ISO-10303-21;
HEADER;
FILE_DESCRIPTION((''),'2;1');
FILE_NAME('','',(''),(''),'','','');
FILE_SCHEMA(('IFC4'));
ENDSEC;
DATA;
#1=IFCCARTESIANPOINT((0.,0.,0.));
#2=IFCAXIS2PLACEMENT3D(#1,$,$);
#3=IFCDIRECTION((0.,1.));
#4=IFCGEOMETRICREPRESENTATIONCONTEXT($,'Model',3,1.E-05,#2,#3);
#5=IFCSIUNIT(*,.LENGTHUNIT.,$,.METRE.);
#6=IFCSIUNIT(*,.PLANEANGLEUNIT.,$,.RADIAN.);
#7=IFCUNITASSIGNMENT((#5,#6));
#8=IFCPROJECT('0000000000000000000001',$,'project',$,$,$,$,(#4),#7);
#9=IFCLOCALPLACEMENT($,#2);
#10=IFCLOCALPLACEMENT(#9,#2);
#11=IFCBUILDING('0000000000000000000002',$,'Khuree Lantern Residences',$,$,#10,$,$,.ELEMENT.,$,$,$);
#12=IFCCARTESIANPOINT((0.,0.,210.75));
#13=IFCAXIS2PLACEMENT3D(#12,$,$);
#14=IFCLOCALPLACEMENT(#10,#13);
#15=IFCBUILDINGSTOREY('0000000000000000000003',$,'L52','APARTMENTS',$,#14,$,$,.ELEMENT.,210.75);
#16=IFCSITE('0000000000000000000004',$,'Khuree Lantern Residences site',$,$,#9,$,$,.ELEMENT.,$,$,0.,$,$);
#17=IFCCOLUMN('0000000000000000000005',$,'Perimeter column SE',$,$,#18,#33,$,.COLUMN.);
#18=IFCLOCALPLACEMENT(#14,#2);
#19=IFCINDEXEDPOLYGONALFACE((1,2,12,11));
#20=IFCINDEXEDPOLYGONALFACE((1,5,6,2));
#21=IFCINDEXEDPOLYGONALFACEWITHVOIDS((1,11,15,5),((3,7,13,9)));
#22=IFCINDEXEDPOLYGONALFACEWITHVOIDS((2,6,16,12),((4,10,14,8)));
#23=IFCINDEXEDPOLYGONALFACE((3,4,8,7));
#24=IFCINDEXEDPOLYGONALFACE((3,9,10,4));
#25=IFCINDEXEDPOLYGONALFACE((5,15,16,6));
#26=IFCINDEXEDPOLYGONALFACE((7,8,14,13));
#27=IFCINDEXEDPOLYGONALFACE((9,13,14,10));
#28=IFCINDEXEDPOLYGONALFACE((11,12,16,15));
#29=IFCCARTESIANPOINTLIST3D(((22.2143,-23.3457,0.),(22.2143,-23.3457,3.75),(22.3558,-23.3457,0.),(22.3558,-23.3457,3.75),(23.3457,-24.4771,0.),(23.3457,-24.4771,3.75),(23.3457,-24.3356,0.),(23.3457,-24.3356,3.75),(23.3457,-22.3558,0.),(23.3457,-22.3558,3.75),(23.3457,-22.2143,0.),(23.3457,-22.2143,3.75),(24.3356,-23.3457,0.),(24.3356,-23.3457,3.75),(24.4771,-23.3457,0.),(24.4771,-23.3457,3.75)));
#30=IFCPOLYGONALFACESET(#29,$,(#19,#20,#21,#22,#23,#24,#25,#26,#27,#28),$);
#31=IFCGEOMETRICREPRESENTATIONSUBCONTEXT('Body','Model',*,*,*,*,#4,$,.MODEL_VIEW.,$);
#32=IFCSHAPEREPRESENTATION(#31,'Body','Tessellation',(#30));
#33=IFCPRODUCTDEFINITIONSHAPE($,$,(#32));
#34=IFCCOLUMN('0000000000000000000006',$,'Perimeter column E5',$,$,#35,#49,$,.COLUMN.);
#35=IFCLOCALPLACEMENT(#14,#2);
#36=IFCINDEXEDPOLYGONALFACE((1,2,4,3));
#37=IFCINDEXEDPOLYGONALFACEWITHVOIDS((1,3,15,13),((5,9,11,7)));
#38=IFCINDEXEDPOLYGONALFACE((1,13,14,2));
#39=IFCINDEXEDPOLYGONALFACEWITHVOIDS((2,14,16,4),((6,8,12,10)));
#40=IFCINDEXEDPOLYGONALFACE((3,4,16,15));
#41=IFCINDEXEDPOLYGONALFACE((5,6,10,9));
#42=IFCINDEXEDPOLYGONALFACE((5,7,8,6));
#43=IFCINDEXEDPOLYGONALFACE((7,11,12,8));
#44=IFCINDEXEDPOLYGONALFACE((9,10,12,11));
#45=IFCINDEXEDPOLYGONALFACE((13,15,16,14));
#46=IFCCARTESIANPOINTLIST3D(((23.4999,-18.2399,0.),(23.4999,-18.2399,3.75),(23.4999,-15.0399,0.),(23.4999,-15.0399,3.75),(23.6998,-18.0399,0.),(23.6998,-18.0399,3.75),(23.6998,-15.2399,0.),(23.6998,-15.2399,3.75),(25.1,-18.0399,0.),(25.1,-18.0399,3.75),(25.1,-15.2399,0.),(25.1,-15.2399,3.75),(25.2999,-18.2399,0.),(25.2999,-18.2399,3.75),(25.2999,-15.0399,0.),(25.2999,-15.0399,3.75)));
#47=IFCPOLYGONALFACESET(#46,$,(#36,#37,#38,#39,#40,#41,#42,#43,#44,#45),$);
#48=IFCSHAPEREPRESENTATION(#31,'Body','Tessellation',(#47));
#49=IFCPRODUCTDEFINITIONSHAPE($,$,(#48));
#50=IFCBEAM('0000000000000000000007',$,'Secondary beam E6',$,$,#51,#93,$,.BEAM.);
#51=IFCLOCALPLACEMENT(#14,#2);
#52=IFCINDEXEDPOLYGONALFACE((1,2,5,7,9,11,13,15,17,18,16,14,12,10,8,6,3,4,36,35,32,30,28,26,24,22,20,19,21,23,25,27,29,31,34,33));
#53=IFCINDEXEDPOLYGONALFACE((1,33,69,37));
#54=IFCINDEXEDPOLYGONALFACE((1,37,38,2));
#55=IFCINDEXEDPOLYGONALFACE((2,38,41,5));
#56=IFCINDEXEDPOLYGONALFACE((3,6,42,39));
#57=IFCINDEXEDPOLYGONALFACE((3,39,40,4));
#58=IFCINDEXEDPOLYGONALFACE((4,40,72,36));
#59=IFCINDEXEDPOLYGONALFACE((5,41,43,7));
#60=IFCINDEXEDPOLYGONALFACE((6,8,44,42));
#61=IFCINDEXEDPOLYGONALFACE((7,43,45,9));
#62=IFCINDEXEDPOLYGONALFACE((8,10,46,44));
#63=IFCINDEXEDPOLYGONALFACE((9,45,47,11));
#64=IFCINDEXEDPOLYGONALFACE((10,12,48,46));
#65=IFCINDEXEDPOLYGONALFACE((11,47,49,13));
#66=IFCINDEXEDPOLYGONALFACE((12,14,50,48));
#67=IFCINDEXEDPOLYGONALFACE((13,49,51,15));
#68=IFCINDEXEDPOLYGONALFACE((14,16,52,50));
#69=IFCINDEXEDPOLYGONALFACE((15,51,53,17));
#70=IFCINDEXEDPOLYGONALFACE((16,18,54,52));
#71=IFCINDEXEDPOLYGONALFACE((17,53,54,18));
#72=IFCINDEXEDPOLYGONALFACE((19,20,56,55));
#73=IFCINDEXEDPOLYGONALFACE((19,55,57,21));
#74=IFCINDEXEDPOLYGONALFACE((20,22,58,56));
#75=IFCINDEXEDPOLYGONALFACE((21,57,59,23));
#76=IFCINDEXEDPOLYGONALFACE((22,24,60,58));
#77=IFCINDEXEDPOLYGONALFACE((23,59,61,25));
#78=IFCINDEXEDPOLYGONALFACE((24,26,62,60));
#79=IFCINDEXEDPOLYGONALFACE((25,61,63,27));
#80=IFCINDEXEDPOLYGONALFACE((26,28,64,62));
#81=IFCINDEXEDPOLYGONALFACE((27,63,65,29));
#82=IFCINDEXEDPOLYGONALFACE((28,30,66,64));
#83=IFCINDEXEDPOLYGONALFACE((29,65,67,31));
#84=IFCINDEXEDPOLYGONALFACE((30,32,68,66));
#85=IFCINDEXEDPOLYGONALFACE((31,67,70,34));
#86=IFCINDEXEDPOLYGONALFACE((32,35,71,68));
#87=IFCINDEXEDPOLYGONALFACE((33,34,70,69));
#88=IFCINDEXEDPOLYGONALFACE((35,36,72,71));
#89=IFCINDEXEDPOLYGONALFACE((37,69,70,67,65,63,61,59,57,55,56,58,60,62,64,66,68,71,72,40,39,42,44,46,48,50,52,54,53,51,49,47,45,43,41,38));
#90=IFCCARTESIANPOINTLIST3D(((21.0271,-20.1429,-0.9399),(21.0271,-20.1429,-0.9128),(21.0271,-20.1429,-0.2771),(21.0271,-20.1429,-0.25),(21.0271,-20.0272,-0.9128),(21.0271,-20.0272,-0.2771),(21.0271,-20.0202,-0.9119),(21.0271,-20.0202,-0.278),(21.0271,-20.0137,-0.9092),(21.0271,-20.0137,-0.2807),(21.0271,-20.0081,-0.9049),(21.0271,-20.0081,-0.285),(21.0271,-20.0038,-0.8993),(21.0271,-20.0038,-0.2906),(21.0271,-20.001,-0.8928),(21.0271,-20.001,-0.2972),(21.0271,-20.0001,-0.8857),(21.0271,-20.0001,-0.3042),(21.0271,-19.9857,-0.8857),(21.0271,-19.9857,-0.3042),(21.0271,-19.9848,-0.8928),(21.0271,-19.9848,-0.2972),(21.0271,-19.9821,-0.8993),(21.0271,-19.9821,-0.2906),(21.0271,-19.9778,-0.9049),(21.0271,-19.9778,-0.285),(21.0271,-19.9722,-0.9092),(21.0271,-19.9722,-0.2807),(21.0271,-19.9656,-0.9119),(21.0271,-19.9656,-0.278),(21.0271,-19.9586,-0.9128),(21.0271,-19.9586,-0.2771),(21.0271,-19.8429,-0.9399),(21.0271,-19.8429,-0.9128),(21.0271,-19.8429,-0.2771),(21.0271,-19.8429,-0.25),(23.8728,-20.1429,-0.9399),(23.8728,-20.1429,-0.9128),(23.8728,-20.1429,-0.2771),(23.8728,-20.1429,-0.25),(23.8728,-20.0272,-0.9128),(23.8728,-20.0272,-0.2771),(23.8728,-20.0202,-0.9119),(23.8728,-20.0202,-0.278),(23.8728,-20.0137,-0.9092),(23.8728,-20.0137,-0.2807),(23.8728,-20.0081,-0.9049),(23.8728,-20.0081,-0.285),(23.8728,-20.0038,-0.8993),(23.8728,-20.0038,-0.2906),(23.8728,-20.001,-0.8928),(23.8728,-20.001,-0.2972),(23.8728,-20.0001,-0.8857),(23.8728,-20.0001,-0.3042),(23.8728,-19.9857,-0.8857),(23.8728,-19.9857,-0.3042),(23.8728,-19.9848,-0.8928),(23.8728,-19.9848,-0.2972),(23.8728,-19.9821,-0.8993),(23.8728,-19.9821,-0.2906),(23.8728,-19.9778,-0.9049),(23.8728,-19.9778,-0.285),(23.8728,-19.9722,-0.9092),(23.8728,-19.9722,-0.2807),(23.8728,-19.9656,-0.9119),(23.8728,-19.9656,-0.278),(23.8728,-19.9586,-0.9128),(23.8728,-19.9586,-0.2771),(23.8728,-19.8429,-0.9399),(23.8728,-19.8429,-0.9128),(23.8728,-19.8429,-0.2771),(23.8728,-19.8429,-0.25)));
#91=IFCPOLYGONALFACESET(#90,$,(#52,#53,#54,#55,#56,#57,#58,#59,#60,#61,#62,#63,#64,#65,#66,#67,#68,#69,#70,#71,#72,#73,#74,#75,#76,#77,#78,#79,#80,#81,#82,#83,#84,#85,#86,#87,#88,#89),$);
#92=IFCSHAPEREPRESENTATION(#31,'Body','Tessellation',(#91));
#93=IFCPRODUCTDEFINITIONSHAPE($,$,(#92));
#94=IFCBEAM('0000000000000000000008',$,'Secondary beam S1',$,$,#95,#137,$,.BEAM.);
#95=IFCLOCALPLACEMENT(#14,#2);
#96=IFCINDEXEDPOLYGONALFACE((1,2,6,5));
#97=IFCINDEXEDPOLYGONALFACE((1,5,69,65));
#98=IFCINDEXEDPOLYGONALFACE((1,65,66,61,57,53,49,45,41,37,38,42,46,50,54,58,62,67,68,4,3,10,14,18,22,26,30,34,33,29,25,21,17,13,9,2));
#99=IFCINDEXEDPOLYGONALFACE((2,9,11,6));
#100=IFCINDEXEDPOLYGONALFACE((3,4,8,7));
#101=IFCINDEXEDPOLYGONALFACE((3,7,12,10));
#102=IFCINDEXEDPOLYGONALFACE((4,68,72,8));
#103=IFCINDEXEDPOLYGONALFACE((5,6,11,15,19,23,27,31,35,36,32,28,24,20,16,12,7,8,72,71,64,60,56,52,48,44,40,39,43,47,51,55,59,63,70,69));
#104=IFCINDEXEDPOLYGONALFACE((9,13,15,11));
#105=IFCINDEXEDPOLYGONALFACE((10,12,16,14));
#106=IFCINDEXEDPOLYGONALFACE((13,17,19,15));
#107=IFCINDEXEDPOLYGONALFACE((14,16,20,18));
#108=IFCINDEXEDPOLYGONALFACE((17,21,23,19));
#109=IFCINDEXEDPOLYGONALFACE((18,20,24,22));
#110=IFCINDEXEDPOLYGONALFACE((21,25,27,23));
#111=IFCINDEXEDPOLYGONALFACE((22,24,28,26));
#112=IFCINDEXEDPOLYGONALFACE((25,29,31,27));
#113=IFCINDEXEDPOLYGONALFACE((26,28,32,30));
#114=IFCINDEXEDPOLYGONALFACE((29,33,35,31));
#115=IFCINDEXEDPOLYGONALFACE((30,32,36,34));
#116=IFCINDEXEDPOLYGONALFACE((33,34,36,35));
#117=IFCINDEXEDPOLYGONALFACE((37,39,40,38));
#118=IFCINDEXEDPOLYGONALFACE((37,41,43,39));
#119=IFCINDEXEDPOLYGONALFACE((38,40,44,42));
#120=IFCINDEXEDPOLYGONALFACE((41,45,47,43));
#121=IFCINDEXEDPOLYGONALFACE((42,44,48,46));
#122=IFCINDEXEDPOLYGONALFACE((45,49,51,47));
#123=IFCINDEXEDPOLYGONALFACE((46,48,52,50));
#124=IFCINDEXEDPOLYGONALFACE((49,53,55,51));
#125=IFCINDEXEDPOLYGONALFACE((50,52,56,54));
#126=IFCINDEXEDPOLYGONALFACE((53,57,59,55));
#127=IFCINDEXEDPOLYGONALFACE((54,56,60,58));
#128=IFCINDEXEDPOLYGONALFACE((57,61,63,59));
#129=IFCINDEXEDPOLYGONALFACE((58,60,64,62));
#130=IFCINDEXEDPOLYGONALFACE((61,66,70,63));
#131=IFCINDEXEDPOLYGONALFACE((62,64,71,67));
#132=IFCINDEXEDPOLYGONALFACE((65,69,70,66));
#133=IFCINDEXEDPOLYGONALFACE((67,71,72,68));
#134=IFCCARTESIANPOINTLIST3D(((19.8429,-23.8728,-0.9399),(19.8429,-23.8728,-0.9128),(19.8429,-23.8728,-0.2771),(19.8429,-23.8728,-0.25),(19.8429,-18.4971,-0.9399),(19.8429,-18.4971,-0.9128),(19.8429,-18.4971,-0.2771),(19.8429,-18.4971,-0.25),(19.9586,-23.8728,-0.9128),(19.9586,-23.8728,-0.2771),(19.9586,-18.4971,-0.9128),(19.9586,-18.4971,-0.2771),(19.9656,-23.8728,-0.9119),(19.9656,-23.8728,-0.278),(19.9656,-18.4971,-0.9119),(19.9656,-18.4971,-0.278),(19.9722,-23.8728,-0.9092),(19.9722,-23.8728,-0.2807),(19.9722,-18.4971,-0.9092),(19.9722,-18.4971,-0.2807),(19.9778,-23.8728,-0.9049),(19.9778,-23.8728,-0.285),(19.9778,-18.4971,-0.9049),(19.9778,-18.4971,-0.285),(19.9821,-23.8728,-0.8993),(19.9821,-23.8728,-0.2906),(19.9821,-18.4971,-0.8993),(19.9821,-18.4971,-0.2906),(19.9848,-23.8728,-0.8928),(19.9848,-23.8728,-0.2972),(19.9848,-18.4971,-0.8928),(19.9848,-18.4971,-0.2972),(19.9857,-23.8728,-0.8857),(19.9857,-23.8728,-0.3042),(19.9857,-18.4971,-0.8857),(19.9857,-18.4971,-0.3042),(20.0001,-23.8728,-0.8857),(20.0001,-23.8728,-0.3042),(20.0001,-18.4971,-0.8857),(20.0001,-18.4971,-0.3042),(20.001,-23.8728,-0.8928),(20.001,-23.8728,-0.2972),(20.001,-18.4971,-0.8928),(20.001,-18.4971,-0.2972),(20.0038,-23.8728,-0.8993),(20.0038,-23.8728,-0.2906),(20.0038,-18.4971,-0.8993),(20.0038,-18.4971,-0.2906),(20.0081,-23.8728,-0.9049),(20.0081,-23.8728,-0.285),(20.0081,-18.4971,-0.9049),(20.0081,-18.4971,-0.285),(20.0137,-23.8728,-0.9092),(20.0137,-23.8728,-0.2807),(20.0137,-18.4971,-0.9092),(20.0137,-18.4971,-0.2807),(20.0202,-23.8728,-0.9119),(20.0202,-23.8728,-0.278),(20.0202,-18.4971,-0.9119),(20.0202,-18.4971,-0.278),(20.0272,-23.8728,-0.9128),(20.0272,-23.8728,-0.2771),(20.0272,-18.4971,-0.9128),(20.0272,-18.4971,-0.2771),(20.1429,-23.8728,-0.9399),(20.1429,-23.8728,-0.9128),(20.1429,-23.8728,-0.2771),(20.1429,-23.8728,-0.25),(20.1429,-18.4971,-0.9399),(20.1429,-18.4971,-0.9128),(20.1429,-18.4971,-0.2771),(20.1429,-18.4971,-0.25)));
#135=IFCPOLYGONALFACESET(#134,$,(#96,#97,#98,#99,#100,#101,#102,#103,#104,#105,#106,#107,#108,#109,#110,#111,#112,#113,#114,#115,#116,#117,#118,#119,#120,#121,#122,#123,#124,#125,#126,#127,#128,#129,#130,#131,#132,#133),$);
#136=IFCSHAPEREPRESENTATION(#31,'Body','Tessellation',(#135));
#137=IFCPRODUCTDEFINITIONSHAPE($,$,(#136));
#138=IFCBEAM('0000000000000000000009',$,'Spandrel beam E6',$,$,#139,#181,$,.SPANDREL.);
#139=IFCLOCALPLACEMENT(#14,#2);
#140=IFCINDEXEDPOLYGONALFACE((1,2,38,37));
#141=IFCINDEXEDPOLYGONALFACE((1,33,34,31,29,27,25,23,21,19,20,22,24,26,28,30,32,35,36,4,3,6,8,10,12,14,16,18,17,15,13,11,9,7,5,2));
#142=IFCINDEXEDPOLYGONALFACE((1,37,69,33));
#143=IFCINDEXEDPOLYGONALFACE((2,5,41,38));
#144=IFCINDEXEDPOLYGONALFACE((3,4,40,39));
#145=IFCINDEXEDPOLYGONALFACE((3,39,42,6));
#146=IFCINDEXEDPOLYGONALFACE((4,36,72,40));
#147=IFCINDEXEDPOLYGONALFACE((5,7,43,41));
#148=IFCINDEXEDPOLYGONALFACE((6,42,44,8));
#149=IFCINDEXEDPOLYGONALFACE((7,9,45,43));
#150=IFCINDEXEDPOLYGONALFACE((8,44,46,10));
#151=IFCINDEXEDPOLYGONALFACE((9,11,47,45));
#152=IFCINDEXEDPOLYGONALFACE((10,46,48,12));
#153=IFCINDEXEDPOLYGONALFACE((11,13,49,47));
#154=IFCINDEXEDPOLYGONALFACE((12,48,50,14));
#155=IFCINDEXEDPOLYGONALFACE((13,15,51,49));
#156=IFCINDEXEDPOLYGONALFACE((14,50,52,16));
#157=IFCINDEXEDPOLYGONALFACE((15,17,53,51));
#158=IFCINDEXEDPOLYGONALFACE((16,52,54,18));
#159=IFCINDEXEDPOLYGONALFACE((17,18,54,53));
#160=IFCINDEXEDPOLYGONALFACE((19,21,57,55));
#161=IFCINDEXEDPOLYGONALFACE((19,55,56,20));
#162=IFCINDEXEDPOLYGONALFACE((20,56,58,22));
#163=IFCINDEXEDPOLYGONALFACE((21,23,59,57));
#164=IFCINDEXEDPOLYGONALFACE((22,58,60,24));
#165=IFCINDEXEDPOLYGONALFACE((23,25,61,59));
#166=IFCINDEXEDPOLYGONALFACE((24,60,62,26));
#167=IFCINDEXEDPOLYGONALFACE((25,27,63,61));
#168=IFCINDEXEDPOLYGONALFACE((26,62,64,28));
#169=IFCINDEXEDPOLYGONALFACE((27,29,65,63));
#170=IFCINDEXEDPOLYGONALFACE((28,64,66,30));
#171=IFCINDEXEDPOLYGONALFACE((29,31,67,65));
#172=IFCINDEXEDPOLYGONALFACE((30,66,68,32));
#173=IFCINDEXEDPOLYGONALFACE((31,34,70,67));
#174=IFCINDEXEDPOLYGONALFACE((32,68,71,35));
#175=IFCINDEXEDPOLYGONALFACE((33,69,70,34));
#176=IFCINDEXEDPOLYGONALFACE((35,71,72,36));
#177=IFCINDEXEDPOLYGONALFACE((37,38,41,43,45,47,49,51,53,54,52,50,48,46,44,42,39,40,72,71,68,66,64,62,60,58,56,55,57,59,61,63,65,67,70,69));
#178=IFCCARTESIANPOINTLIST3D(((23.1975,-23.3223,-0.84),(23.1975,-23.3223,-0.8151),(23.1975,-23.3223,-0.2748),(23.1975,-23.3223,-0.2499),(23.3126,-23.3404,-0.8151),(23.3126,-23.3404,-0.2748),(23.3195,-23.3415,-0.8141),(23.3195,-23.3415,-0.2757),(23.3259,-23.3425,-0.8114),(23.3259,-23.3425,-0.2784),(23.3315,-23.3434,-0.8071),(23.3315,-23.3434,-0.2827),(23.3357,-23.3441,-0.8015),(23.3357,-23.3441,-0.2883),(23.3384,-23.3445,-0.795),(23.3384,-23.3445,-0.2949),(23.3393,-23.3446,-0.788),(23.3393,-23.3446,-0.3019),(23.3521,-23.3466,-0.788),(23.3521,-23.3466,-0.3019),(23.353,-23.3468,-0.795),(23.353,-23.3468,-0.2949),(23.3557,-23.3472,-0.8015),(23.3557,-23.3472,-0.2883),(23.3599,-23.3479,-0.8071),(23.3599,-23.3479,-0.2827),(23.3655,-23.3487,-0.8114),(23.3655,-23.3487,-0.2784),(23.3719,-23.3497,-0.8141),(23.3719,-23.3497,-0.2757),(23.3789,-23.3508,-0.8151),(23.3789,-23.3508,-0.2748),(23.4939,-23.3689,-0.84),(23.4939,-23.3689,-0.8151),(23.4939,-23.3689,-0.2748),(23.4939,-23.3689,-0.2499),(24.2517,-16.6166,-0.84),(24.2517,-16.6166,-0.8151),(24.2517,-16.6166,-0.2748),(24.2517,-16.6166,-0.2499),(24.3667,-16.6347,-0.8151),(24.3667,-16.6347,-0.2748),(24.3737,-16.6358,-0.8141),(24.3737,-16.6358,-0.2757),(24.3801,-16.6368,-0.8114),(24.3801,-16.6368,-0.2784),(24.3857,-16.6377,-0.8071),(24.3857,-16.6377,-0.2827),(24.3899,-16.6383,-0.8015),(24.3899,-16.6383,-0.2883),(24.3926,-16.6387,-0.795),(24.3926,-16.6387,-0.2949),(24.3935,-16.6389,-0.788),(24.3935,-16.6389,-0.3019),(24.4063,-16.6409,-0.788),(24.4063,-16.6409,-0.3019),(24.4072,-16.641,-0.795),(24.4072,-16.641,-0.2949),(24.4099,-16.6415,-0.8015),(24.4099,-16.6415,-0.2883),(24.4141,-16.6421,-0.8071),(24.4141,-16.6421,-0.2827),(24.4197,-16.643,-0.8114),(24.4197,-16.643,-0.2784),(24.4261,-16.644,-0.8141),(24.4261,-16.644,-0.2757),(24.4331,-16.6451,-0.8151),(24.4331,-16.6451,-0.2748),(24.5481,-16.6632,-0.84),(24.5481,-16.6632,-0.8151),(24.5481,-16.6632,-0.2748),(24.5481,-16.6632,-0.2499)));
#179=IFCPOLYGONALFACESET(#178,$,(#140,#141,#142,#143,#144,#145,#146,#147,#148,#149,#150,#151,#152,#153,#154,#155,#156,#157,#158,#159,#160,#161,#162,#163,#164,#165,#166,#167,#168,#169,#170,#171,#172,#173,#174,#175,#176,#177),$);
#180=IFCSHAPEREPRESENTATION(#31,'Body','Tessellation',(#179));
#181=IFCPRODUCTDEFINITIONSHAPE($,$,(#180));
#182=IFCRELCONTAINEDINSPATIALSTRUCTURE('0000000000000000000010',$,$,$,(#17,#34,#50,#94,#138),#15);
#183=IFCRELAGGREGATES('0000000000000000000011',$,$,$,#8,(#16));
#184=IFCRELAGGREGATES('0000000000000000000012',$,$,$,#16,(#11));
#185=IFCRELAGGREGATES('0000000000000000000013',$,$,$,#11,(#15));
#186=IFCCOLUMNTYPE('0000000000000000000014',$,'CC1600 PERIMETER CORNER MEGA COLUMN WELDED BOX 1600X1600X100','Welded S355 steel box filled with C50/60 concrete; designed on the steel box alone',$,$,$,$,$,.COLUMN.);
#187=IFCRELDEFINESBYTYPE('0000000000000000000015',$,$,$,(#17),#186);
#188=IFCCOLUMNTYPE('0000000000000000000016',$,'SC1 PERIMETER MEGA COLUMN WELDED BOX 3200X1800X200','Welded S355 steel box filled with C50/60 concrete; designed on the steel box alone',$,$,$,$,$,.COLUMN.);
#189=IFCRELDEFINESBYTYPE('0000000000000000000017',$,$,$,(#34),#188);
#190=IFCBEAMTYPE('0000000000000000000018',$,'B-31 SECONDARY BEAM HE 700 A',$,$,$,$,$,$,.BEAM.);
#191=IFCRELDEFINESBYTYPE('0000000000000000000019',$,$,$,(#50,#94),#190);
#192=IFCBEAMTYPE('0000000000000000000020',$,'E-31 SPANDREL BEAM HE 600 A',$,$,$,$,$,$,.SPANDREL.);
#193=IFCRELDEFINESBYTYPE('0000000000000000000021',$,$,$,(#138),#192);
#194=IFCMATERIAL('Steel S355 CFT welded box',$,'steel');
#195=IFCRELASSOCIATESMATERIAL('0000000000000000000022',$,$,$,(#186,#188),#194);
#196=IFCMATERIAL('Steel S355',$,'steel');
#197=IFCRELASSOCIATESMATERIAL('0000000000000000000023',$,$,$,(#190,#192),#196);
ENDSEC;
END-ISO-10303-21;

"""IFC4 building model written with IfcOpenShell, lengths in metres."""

from ifc_helpers import new_model, si_unit, direction, frame, origin, origin_2d, place, context, subcontext, project, spatial, hollow_rectangle, i_section, extrude, material, material_profile, profile_set, type_object, element, save


model = new_model("IFC4")

# Units and contexts
model_context = context("Model", 3, precision=1e-05, world=origin(), true_north=direction((0.0, 1.0)))
body_context = subcontext(model_context, "Body", "Model", "MODEL_VIEW")
ifc_project = project(units=[si_unit("LENGTHUNIT", "METRE"), si_unit("PLANEANGLEUNIT", "RADIAN")], contexts=[model_context])

# Site, building, storey
site_placement = place(None, origin())
site = spatial("IfcSite", under=ifc_project, at=site_placement, Name="Khuree Lantern Residences site", CompositionType="ELEMENT", RefElevation=0.0)
building_placement = place(site_placement, origin())
building = spatial("IfcBuilding", under=site, at=building_placement, Name="Khuree Lantern Residences", CompositionType="ELEMENT")
storey_placement = place(building_placement, frame((0.0, 0.0, 210.75)))
storey = spatial("IfcBuildingStorey", under=building, at=storey_placement, Name="L52", Description="APARTMENTS", CompositionType="ELEMENT", Elevation=210.75)

# Columns
ifc_material_1 = material(Name="Steel S355 CFT welded box", Category="steel")
ifc_material_profile_1 = material_profile(ifc_material_1, hollow_rectangle(XDim=1.6001, YDim=1.6001, WallThickness=0.1001, at=origin_2d()), Name="WELDED BOX 1600X1600X100")
ifc_profile_set_1 = profile_set([ifc_material_profile_1], Name="Steel S355 CFT welded box")
column_type_1 = type_object("IfcColumnType", Name="CC1600 PERIMETER CORNER MEGA COLUMN WELDED BOX 1600X1600X100", Description="Welded S355 steel box filled with C50/60 concrete; designed on the steel box alone", PredefinedType="COLUMN", material=ifc_profile_set_1)
column_1_placement = place(storey_placement, frame((23.3457, -23.3457, 0.0), z_axis=(0.0, 0.0, 1.0), x_axis=(0.707107, 0.707107, 0.0)))
element("IfcColumn", 1, at=column_1_placement, inside=storey, type_object=column_type_1, Name="Perimeter column SE", PredefinedType="COLUMN", context=body_context, shape_type="SweptSolid", body=[
    extrude(hollow_rectangle(XDim=1.6001, YDim=1.6001, WallThickness=0.1001, at=origin_2d()), origin(), (0.0, 0.0, 1.0), 3.75),
])
ifc_material_profile_2 = material_profile(ifc_material_1, hollow_rectangle(XDim=3.2, YDim=1.8, WallThickness=0.2, at=origin_2d()), Name="WELDED BOX 3200X1800X200")
ifc_profile_set_2 = profile_set([ifc_material_profile_2], Name="Steel S355 CFT welded box")
column_type_2 = type_object("IfcColumnType", Name="SC1 PERIMETER MEGA COLUMN WELDED BOX 3200X1800X200", Description="Welded S355 steel box filled with C50/60 concrete; designed on the steel box alone", PredefinedType="COLUMN", material=ifc_profile_set_2)
column_2_placement = place(storey_placement, frame((24.3999, -16.6399, 0.0), z_axis=(0.0, 0.0, 1.0), x_axis=(0.0, 1.0, 0.0)))
element("IfcColumn", 2, at=column_2_placement, inside=storey, type_object=column_type_2, Name="Perimeter column E5", PredefinedType="COLUMN", context=body_context, shape_type="SweptSolid", body=[
    extrude(hollow_rectangle(XDim=3.2, YDim=1.8, WallThickness=0.2, at=origin_2d()), origin(), (0.0, 0.0, 1.0), 3.75),
])

# Beams
ifc_material_2 = material(Name="Steel S355", Category="steel")
ifc_material_profile_3 = material_profile(ifc_material_2, i_section(OverallWidth=0.3, OverallDepth=0.6899, WebThickness=0.0144, FlangeThickness=0.0271, FilletRadius=0.0271, at=origin_2d()), Name="HE 700 A")
ifc_profile_set_3 = profile_set([ifc_material_profile_3], Name="Steel S355")
beam_type_1 = type_object("IfcBeamType", Name="B-31 SECONDARY BEAM HE 700 A", PredefinedType="BEAM", material=ifc_profile_set_3)
beam_1_placement = place(storey_placement, frame((23.8728, -19.9929, -0.595), z_axis=(-1.0, 0.0, 0.0), x_axis=(0.0, -1.0, 0.0)))
element("IfcBeam", 3, at=beam_1_placement, inside=storey, type_object=beam_type_1, Name="Secondary beam E6", PredefinedType="BEAM", context=body_context, shape_type="SweptSolid", body=[
    extrude(i_section(OverallWidth=0.3, OverallDepth=0.6899, WebThickness=0.0144, FlangeThickness=0.0271, FilletRadius=0.0271, at=origin_2d()), origin(), (0.0, 0.0, 1.0), 2.8457),
])
beam_2_placement = place(storey_placement, frame((19.9929, -23.8728, -0.595), z_axis=(0.0, 1.0, 0.0), x_axis=(-1.0, 0.0, 0.0)))
element("IfcBeam", 4, at=beam_2_placement, inside=storey, type_object=beam_type_1, Name="Secondary beam S1", PredefinedType="BEAM", context=body_context, shape_type="SweptSolid", body=[
    extrude(i_section(OverallWidth=0.3, OverallDepth=0.6899, WebThickness=0.0144, FlangeThickness=0.0271, FilletRadius=0.0271, at=origin_2d()), origin(), (0.0, 0.0, 1.0), 5.3757),
])
ifc_material_profile_4 = material_profile(ifc_material_2, i_section(OverallWidth=0.3, OverallDepth=0.5901, WebThickness=0.0129, FlangeThickness=0.0249, FilletRadius=0.0271, at=origin_2d()), Name="HE 600 A")
ifc_profile_set_4 = profile_set([ifc_material_profile_4], Name="Steel S355")
beam_type_2 = type_object("IfcBeamType", Name="E-31 SPANDREL BEAM HE 600 A", PredefinedType="SPANDREL", material=ifc_profile_set_4)
for number, where, z_axis, x_axis, name in (
    (5, (24.3999, -16.6399, -0.5449), (-0.1553, -0.987867, 0.0), (0.987867, -0.1553, 0.0), "Spandrel beam E6"),
):
    element("IfcBeam", number, at=place(storey_placement, frame(where, z_axis=z_axis, x_axis=x_axis)), inside=storey, type_object=beam_type_2, Name=name, PredefinedType="SPANDREL", context=body_context, shape_type="SweptSolid", body=[
        extrude(i_section(OverallWidth=0.3, OverallDepth=0.5901, WebThickness=0.0129, FlangeThickness=0.0249, FilletRadius=0.0271, at=origin_2d()), origin(), (0.0, 0.0, 1.0), 6.7881),
    ])

save(model, "model.ifc")
